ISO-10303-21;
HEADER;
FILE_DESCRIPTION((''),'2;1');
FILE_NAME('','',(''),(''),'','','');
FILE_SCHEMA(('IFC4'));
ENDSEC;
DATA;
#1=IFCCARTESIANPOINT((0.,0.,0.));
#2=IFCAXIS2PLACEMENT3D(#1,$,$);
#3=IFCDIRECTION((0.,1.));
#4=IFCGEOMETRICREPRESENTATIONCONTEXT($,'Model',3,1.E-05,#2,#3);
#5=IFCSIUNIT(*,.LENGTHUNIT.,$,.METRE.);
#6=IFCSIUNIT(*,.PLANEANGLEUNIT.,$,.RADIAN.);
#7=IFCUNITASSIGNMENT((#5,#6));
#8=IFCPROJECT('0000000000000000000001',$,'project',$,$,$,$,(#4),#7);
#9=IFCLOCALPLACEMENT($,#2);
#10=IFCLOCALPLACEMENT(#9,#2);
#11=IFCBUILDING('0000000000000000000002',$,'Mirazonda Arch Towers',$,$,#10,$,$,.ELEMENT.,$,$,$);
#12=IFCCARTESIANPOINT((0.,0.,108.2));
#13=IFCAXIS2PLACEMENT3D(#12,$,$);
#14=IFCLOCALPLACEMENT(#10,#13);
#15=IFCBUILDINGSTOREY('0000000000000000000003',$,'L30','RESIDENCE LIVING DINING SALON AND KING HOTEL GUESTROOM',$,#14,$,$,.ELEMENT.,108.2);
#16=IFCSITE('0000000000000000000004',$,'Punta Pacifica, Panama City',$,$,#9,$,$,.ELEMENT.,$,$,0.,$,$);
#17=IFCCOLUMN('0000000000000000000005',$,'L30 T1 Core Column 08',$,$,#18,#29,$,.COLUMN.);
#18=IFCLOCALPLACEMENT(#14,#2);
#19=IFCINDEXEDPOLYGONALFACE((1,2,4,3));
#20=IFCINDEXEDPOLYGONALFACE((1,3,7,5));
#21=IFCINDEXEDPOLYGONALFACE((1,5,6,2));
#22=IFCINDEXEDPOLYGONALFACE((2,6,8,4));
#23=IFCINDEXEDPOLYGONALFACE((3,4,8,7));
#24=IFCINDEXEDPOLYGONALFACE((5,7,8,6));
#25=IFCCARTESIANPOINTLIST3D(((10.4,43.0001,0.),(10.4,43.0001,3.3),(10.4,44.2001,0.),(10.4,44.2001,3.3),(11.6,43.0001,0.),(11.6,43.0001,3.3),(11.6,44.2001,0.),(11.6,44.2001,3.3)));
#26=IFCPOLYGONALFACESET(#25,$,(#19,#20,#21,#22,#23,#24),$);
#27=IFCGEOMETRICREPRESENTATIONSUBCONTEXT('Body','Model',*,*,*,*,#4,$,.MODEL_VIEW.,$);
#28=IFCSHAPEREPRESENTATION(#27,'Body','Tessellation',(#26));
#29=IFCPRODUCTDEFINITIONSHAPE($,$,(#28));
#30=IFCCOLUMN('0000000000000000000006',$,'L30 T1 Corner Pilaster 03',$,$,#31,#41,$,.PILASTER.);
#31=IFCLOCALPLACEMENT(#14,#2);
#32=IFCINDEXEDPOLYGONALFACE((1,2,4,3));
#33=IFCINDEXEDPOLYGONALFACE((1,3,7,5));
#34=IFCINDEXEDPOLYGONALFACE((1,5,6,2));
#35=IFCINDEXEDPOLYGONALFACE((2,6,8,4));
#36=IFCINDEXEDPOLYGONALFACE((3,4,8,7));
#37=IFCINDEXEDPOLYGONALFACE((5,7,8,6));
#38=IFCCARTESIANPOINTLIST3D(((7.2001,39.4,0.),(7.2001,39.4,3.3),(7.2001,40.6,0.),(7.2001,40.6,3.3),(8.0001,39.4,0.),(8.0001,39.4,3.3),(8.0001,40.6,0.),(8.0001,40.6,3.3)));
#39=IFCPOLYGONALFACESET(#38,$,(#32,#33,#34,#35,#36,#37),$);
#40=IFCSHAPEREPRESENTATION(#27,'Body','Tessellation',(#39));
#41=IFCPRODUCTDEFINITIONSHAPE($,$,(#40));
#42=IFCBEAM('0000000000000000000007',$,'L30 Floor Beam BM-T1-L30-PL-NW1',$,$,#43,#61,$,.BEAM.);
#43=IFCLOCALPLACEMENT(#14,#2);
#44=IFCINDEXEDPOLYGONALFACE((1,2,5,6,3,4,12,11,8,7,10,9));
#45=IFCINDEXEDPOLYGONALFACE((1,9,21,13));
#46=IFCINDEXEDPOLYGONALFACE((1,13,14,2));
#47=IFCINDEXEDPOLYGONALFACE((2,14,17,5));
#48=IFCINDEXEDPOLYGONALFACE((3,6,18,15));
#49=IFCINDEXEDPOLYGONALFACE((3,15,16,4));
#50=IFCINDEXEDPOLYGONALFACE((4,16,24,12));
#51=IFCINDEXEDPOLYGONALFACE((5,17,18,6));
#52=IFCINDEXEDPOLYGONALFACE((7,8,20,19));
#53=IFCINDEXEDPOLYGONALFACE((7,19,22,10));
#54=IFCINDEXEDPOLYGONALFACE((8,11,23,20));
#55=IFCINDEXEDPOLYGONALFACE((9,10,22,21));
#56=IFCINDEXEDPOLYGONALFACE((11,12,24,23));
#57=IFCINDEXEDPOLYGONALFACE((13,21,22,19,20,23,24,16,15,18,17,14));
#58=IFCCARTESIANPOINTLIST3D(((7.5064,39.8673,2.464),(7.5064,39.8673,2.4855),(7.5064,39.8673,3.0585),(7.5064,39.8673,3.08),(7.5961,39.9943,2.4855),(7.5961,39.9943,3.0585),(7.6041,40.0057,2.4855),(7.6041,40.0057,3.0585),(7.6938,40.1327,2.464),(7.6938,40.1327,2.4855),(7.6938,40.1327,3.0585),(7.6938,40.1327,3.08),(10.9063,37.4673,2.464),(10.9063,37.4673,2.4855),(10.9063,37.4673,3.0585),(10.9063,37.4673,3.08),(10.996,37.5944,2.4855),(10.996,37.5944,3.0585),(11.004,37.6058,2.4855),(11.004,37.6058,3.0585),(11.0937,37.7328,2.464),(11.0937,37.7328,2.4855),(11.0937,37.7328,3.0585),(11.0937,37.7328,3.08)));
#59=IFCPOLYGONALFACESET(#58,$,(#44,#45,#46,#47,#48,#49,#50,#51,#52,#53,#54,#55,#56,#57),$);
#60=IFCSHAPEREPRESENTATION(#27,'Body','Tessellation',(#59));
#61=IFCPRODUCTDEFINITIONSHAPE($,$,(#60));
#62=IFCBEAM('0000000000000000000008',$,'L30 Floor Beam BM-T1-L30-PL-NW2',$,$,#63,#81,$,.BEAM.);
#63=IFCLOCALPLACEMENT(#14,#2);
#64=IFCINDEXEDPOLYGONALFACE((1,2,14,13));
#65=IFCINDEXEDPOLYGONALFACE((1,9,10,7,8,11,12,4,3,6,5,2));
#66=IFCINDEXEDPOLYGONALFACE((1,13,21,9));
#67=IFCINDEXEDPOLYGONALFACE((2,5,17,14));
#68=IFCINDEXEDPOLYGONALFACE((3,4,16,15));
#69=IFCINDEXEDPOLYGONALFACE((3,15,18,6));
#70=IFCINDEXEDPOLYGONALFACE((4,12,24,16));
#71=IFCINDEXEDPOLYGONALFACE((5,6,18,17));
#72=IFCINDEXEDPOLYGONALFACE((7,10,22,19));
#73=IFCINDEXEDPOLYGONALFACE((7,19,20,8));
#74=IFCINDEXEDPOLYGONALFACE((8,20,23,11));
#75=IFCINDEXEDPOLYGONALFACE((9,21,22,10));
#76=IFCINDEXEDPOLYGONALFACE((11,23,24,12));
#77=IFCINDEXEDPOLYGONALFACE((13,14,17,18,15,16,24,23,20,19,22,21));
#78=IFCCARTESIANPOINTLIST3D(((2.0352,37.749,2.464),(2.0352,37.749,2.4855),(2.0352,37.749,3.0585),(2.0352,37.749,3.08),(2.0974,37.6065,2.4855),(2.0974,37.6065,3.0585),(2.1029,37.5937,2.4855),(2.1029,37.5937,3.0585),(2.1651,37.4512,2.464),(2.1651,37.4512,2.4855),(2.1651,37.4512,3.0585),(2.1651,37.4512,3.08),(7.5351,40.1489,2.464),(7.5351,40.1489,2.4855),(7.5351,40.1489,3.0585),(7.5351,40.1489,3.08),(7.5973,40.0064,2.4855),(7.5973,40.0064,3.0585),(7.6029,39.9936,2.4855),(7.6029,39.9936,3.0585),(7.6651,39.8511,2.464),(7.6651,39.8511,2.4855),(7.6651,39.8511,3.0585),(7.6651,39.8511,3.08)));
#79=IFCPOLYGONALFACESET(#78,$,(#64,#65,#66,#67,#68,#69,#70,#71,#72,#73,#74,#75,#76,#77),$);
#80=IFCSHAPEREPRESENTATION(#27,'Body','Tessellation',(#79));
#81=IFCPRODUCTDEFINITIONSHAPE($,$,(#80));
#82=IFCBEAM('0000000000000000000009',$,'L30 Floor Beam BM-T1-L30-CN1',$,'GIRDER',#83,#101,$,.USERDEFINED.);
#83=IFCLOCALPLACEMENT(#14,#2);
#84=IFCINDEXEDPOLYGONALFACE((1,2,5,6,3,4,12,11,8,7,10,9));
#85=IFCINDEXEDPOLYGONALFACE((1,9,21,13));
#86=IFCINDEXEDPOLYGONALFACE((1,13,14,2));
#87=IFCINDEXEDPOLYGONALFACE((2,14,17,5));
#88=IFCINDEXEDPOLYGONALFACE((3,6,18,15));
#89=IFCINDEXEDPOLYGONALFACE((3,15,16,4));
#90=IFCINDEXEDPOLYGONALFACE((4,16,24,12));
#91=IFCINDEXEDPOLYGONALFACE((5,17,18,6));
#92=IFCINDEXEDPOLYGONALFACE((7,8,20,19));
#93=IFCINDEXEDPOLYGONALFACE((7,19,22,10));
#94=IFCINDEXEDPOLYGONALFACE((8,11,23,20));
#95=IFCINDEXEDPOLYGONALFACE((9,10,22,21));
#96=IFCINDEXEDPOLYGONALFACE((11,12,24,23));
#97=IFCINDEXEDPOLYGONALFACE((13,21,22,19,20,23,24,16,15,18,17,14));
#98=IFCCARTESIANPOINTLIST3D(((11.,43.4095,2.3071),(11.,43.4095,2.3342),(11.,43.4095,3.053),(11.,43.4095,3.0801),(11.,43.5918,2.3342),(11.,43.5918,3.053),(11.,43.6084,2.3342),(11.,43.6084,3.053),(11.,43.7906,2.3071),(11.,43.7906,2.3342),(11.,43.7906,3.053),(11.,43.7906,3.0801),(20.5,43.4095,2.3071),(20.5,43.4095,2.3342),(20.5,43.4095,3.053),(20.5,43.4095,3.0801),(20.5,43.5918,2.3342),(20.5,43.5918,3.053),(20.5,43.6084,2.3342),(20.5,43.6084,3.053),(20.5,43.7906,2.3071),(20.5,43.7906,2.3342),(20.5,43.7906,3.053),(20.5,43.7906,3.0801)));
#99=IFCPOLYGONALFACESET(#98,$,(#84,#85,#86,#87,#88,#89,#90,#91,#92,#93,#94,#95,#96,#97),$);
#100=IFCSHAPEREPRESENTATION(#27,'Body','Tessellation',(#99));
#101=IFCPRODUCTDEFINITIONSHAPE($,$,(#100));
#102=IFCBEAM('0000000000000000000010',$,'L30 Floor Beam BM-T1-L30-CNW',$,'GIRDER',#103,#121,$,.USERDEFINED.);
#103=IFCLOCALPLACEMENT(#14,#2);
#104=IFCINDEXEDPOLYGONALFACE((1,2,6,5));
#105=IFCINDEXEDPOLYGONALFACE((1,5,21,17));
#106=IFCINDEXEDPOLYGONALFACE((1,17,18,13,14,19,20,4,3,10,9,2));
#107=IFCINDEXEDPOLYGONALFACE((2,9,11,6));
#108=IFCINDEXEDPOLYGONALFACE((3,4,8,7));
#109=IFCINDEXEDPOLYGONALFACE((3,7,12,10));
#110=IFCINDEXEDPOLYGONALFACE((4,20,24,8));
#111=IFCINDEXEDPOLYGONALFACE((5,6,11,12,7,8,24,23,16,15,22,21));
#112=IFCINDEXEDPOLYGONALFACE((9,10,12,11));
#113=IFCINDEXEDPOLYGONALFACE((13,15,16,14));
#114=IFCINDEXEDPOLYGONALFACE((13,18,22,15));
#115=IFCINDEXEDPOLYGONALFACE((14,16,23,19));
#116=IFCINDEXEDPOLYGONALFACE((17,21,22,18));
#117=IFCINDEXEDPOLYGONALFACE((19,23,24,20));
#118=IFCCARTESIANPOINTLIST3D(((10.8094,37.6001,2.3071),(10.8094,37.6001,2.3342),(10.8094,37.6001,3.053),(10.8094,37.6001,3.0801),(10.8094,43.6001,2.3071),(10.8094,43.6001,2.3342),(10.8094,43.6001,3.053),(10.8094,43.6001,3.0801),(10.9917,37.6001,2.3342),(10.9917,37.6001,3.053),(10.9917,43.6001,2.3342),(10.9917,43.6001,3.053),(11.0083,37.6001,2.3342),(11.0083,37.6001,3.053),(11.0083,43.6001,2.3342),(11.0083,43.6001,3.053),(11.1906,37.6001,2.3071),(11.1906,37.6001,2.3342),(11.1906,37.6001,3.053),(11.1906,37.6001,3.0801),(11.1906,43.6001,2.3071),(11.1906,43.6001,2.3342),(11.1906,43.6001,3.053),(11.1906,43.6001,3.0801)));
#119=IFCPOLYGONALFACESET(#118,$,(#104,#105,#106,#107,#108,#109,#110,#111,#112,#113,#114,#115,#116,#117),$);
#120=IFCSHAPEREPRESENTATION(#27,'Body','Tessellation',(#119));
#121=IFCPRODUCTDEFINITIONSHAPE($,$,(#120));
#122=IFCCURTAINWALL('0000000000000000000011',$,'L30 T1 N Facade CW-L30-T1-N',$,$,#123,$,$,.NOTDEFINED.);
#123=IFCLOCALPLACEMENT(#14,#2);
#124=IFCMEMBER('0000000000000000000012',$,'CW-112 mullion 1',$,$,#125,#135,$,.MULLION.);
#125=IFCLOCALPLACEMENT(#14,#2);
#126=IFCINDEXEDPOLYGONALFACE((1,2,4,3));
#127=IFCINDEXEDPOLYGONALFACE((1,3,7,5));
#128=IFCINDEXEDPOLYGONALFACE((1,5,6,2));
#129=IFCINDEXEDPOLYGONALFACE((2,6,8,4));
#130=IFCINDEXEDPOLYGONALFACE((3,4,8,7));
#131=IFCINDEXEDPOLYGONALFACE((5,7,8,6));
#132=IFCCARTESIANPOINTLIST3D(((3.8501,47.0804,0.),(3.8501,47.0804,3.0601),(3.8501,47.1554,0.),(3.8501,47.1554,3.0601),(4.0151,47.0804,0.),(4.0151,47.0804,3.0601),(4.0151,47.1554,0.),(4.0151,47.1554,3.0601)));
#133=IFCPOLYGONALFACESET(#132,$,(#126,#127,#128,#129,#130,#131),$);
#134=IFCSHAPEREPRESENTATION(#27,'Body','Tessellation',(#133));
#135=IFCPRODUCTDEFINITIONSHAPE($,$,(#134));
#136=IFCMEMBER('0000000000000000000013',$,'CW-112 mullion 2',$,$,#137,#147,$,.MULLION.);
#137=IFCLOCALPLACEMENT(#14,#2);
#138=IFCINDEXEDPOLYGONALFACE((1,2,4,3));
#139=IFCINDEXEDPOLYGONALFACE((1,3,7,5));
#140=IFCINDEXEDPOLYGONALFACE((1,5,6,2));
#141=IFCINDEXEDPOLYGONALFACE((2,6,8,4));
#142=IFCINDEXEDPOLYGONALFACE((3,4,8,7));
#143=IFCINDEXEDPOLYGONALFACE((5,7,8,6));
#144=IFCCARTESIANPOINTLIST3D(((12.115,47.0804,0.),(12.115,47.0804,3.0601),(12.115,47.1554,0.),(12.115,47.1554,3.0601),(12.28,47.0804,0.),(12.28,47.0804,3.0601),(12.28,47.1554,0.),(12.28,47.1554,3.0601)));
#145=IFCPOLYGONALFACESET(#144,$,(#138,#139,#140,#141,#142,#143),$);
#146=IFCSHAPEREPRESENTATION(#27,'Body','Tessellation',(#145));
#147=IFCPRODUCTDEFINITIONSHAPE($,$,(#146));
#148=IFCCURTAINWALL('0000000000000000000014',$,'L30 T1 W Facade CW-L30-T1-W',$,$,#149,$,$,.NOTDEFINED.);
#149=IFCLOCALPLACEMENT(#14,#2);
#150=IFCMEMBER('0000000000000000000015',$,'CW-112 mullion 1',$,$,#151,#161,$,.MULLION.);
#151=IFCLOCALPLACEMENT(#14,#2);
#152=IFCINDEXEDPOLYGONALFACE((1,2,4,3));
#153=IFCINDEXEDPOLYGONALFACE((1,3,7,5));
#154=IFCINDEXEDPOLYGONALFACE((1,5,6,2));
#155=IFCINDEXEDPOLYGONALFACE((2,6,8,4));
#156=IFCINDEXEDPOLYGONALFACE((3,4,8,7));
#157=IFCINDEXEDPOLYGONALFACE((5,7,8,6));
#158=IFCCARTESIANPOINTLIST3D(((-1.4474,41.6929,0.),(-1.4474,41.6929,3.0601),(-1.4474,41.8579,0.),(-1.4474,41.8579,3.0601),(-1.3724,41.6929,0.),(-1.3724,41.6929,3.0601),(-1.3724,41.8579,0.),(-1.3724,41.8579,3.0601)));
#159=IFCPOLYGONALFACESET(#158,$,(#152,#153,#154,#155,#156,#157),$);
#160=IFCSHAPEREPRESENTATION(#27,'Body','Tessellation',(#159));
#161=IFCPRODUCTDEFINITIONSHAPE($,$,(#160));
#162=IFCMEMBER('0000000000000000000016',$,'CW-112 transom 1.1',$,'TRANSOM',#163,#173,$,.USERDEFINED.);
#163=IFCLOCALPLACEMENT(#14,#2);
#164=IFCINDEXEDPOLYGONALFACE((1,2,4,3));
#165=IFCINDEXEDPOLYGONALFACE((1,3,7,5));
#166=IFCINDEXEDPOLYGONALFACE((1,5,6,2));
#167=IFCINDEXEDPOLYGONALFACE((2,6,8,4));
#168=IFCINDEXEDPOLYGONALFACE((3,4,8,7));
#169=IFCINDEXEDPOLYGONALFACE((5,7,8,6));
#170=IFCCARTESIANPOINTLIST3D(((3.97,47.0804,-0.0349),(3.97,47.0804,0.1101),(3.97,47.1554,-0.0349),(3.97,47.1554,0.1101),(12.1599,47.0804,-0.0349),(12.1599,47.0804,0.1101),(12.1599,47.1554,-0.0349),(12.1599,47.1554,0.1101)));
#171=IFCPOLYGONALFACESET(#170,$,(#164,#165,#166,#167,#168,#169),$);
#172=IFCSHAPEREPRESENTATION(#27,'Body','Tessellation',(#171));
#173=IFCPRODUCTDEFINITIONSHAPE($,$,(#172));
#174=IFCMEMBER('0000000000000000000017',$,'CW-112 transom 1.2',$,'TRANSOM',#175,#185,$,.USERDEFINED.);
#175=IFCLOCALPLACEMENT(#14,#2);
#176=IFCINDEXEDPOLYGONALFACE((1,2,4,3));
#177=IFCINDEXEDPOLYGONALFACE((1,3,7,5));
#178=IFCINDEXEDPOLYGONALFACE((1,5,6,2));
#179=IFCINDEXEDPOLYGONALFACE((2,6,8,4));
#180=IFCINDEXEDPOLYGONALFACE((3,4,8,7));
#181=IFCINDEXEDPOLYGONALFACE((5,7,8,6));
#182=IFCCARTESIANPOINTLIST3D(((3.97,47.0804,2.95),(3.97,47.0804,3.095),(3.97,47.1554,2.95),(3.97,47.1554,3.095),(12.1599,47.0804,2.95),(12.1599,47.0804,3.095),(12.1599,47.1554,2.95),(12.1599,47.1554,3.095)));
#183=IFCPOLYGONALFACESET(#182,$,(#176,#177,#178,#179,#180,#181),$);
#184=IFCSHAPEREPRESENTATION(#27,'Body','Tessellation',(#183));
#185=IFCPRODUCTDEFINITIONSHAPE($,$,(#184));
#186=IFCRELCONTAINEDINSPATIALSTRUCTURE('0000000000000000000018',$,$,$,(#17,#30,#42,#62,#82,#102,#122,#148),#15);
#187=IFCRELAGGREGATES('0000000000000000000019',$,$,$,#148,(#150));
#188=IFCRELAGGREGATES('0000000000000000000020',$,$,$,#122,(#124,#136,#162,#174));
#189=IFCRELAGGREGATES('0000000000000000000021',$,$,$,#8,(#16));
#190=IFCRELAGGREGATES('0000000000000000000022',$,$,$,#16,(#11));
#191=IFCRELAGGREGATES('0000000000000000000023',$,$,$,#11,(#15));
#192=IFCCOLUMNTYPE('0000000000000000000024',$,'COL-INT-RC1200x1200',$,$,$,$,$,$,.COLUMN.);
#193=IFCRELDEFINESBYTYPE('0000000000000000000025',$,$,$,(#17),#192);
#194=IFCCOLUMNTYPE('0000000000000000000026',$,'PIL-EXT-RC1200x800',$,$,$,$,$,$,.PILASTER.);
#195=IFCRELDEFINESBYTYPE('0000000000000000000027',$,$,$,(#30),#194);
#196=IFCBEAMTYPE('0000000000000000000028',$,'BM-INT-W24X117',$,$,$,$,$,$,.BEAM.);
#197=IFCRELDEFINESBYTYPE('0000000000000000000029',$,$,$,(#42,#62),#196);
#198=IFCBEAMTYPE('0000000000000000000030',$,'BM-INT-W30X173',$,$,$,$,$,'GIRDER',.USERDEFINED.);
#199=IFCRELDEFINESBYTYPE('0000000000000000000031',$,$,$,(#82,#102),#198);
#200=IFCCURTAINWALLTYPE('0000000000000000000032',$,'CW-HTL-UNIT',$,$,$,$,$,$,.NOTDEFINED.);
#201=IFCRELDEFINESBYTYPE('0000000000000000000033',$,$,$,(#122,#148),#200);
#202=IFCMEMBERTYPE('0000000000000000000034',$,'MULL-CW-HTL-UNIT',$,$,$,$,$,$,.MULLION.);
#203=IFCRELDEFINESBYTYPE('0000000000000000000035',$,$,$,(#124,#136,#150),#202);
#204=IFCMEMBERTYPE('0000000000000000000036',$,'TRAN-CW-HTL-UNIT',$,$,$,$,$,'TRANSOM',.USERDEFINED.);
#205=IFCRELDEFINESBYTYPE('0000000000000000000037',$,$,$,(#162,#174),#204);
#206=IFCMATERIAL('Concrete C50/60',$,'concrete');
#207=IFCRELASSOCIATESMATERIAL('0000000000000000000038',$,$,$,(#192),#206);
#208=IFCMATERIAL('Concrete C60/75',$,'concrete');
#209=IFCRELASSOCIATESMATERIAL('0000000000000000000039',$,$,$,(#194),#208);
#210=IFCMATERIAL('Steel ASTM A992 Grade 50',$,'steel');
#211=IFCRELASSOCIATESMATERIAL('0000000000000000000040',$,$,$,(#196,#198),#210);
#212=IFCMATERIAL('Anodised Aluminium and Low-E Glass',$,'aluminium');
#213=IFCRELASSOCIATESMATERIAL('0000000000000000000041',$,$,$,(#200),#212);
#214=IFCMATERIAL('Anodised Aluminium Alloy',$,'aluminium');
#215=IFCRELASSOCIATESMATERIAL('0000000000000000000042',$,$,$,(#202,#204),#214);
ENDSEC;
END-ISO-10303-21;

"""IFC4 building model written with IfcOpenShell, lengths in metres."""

from ifc_helpers import new_model, si_unit, direction, frame, origin, origin_2d, place, context, subcontext, project, spatial, rectangle, i_section, extrude, material, material_profile, profile_set, type_object, element, aggregate, save


model = new_model("IFC4")

# Units and contexts
model_context = context("Model", 3, precision=1e-05, world=origin(), true_north=direction((0.0, 1.0)))
body_context = subcontext(model_context, "Body", "Model", "MODEL_VIEW")
ifc_project = project(units=[si_unit("LENGTHUNIT", "METRE"), si_unit("PLANEANGLEUNIT", "RADIAN")], contexts=[model_context])

# Site, building, storey
site_placement = place(None, origin())
site = spatial("IfcSite", under=ifc_project, at=site_placement, Name="Punta Pacifica, Panama City", CompositionType="ELEMENT", RefElevation=0.0)
building_placement = place(site_placement, origin())
building = spatial("IfcBuilding", under=site, at=building_placement, Name="Mirazonda Arch Towers", CompositionType="ELEMENT")
storey_placement = place(building_placement, frame((0.0, 0.0, 108.2)))
storey = spatial("IfcBuildingStorey", under=building, at=storey_placement, Name="L30", Description="RESIDENCE LIVING DINING SALON AND KING HOTEL GUESTROOM", CompositionType="ELEMENT", Elevation=108.2)

# Columns
ifc_material_1 = material(Name="Concrete C50/60", Category="concrete")
ifc_material_profile_1 = material_profile(ifc_material_1, rectangle(XDim=1.2, YDim=1.2, at=origin_2d()), Name="RC1200x1200")
ifc_profile_set_1 = profile_set([ifc_material_profile_1], Name="Concrete C50/60")
column_type_1 = type_object("IfcColumnType", Name="COL-INT-RC1200x1200", PredefinedType="COLUMN", material=ifc_profile_set_1)
column_1_placement = place(storey_placement, frame((11.0, 43.6001, 0.0), z_axis=(0.0, 0.0, 1.0), x_axis=(1.0, 0.0, 0.0)))
element("IfcColumn", 1, at=column_1_placement, inside=storey, type_object=column_type_1, Name="L30 T1 Core Column 08", PredefinedType="COLUMN", context=body_context, shape_type="SweptSolid", body=[
    extrude(rectangle(XDim=1.2, YDim=1.2, at=origin_2d()), origin(), (0.0, 0.0, 1.0), 3.3),
])
ifc_material_2 = material(Name="Concrete C60/75", Category="concrete")
ifc_material_profile_2 = material_profile(ifc_material_2, rectangle(XDim=0.8, YDim=1.2, at=origin_2d()), Name="RC1200x800")
ifc_profile_set_2 = profile_set([ifc_material_profile_2], Name="Concrete C60/75")
column_type_2 = type_object("IfcColumnType", Name="PIL-EXT-RC1200x800", PredefinedType="PILASTER", material=ifc_profile_set_2)
column_2_placement = place(storey_placement, frame((7.6001, 40.0, 0.0), z_axis=(0.0, 0.0, 1.0), x_axis=(1.0, 0.0, 0.0)))
element("IfcColumn", 2, at=column_2_placement, inside=storey, type_object=column_type_2, Name="L30 T1 Corner Pilaster 03", PredefinedType="PILASTER", context=body_context, shape_type="SweptSolid", body=[
    extrude(rectangle(XDim=0.8, YDim=1.2, at=origin_2d()), origin(), (0.0, 0.0, 1.0), 3.3),
])

# Beams
ifc_material_3 = material(Name="Steel ASTM A992 Grade 50", Category="steel")
ifc_material_profile_3 = material_profile(ifc_material_3, i_section(OverallWidth=0.325, OverallDepth=0.616, WebThickness=0.0139, FlangeThickness=0.0215, at=origin_2d()), Name="W24X117")
ifc_profile_set_3 = profile_set([ifc_material_profile_3], Name="Steel ASTM A992 Grade 50")
beam_type_1 = type_object("IfcBeamType", Name="BM-INT-W24X117", PredefinedType="BEAM", material=ifc_profile_set_3)
beam_1_placement = place(storey_placement, frame((7.6001, 40.0, 2.772), z_axis=(0.816971, -0.576679, 0.0), x_axis=(0.576679, 0.816971, 0.0)))
element("IfcBeam", 3, at=beam_1_placement, inside=storey, type_object=beam_type_1, Name="L30 Floor Beam BM-T1-L30-PL-NW1", PredefinedType="BEAM", context=body_context, shape_type="SweptSolid", body=[
    extrude(i_section(OverallWidth=0.325, OverallDepth=0.616, WebThickness=0.0139, FlangeThickness=0.0215, at=origin_2d()), origin(), (0.0, 0.0, 1.0), 4.1616),
])
beam_2_placement = place(storey_placement, frame((7.6001, 40.0, 2.772), z_axis=(-0.916545, -0.399931, 0.0), x_axis=(0.399931, -0.916545, 0.0)))
element("IfcBeam", 4, at=beam_2_placement, inside=storey, type_object=beam_type_1, Name="L30 Floor Beam BM-T1-L30-PL-NW2", PredefinedType="BEAM", context=body_context, shape_type="SweptSolid", body=[
    extrude(i_section(OverallWidth=0.325, OverallDepth=0.616, WebThickness=0.0139, FlangeThickness=0.0215, at=origin_2d()), origin(), (0.0, 0.0, 1.0), 6.0007),
])
ifc_material_profile_4 = material_profile(ifc_material_3, i_section(OverallWidth=0.3811, OverallDepth=0.7729, WebThickness=0.0166, FlangeThickness=0.0271, at=origin_2d()), Name="W30X173")
ifc_profile_set_4 = profile_set([ifc_material_profile_4], Name="Steel ASTM A992 Grade 50")
beam_type_2 = type_object("IfcBeamType", Name="BM-INT-W30X173", ElementType="GIRDER", PredefinedType="USERDEFINED", material=ifc_profile_set_4)
beam_3_placement = place(storey_placement, frame((11.0, 43.6001, 2.6936), z_axis=(1.0, 0.0, 0.0), x_axis=(0.0, 1.0, 0.0)))
element("IfcBeam", 5, at=beam_3_placement, inside=storey, type_object=beam_type_2, Name="L30 Floor Beam BM-T1-L30-CN1", ObjectType="GIRDER", PredefinedType="USERDEFINED", context=body_context, shape_type="SweptSolid", body=[
    extrude(i_section(OverallWidth=0.3811, OverallDepth=0.7729, WebThickness=0.0166, FlangeThickness=0.0271, at=origin_2d()), origin(), (0.0, 0.0, 1.0), 9.5),
])
beam_4_placement = place(storey_placement, frame((11.0, 37.6001, 2.6936), z_axis=(0.0, 1.0, 0.0), x_axis=(-1.0, 0.0, 0.0)))
element("IfcBeam", 6, at=beam_4_placement, inside=storey, type_object=beam_type_2, Name="L30 Floor Beam BM-T1-L30-CNW", ObjectType="GIRDER", PredefinedType="USERDEFINED", context=body_context, shape_type="SweptSolid", body=[
    extrude(i_section(OverallWidth=0.3811, OverallDepth=0.7729, WebThickness=0.0166, FlangeThickness=0.0271, at=origin_2d()), origin(), (0.0, 0.0, 1.0), 6.0),
])

# Curtain wall, members
ifc_material_4 = material(Name="Anodised Aluminium and Low-E Glass", Category="aluminium")
curtain_wall_type = type_object("IfcCurtainWallType", Name="CW-HTL-UNIT", PredefinedType="NOTDEFINED", material=ifc_material_4)
curtain_wall_1_placement = place(storey_placement, origin())
curtain_wall_1 = element("IfcCurtainWall", 7, at=curtain_wall_1_placement, inside=storey, type_object=curtain_wall_type, Name="L30 T1 N Facade CW-L30-T1-N", PredefinedType="NOTDEFINED")
ifc_material_5 = material(Name="Anodised Aluminium Alloy", Category="aluminium")
ifc_material_profile_5 = material_profile(ifc_material_5, rectangle(XDim=0.075, YDim=0.165, at=origin_2d()), Name="ALU-MULL-75x165")
ifc_profile_set_5 = profile_set([ifc_material_profile_5], Name="Anodised Aluminium Alloy")
member_type_1 = type_object("IfcMemberType", Name="MULL-CW-HTL-UNIT", PredefinedType="MULLION", material=ifc_profile_set_5)
member_1_placement = place(storey_placement, frame((3.9326, 47.1179, 0.0), z_axis=(0.0, 0.0, 1.0), x_axis=(0.0, 1.0, 0.0)))
member_1 = element("IfcMember", 8, at=member_1_placement, type_object=member_type_1, Name="CW-112 mullion 1", PredefinedType="MULLION", context=body_context, shape_type="SweptSolid", body=[
    extrude(rectangle(XDim=0.075, YDim=0.165, at=origin_2d()), origin(), (0.0, 0.0, 1.0), 3.0601),
])
member_2_placement = place(storey_placement, frame((12.1975, 47.1179, 0.0), z_axis=(0.0, 0.0, 1.0), x_axis=(0.0, 1.0, 0.0)))
member_2 = element("IfcMember", 9, at=member_2_placement, type_object=member_type_1, Name="CW-112 mullion 2", PredefinedType="MULLION", context=body_context, shape_type="SweptSolid", body=[
    extrude(rectangle(XDim=0.075, YDim=0.165, at=origin_2d()), origin(), (0.0, 0.0, 1.0), 3.0601),
])

# Curtain wall, member
curtain_wall_2_placement = place(storey_placement, origin())
curtain_wall_2 = element("IfcCurtainWall", 10, at=curtain_wall_2_placement, inside=storey, type_object=curtain_wall_type, Name="L30 T1 W Facade CW-L30-T1-W", PredefinedType="NOTDEFINED")
member_3_placement = place(storey_placement, frame((-1.4099, 41.7754, 0.0), z_axis=(0.0, 0.0, 1.0), x_axis=(1.0, 0.0, 0.0)))
member_3 = element("IfcMember", 11, at=member_3_placement, type_object=member_type_1, Name="CW-112 mullion 1", PredefinedType="MULLION", context=body_context, shape_type="SweptSolid", body=[
    extrude(rectangle(XDim=0.075, YDim=0.165, at=origin_2d()), origin(), (0.0, 0.0, 1.0), 3.0601),
])

# Members
ifc_material_profile_6 = material_profile(ifc_material_5, rectangle(XDim=0.075, YDim=0.145, at=origin_2d()), Name="ALU-TRAN-75x145")
ifc_profile_set_6 = profile_set([ifc_material_profile_6], Name="Anodised Aluminium Alloy")
member_type_2 = type_object("IfcMemberType", Name="TRAN-CW-HTL-UNIT", ElementType="TRANSOM", PredefinedType="USERDEFINED", material=ifc_profile_set_6)
member_4_placement = place(storey_placement, frame((3.97, 47.1179, 0.0376), z_axis=(1.0, 0.0, 0.0), x_axis=(0.0, 1.0, 0.0)))
member_4 = element("IfcMember", 12, at=member_4_placement, type_object=member_type_2, Name="CW-112 transom 1.1", ObjectType="TRANSOM", PredefinedType="USERDEFINED", context=body_context, shape_type="SweptSolid", body=[
    extrude(rectangle(XDim=0.075, YDim=0.145, at=origin_2d()), origin(), (0.0, 0.0, 1.0), 8.1899),
])
member_5_placement = place(storey_placement, frame((3.97, 47.1179, 3.0225), z_axis=(1.0, 0.0, 0.0), x_axis=(0.0, 1.0, 0.0)))
member_5 = element("IfcMember", 13, at=member_5_placement, type_object=member_type_2, Name="CW-112 transom 1.2", ObjectType="TRANSOM", PredefinedType="USERDEFINED", context=body_context, shape_type="SweptSolid", body=[
    extrude(rectangle(XDim=0.075, YDim=0.145, at=origin_2d()), origin(), (0.0, 0.0, 1.0), 8.1899),
])
aggregate(curtain_wall_2, [member_3])

aggregate(curtain_wall_1, [member_1, member_2, member_4, member_5])

save(model, "model.ifc")
